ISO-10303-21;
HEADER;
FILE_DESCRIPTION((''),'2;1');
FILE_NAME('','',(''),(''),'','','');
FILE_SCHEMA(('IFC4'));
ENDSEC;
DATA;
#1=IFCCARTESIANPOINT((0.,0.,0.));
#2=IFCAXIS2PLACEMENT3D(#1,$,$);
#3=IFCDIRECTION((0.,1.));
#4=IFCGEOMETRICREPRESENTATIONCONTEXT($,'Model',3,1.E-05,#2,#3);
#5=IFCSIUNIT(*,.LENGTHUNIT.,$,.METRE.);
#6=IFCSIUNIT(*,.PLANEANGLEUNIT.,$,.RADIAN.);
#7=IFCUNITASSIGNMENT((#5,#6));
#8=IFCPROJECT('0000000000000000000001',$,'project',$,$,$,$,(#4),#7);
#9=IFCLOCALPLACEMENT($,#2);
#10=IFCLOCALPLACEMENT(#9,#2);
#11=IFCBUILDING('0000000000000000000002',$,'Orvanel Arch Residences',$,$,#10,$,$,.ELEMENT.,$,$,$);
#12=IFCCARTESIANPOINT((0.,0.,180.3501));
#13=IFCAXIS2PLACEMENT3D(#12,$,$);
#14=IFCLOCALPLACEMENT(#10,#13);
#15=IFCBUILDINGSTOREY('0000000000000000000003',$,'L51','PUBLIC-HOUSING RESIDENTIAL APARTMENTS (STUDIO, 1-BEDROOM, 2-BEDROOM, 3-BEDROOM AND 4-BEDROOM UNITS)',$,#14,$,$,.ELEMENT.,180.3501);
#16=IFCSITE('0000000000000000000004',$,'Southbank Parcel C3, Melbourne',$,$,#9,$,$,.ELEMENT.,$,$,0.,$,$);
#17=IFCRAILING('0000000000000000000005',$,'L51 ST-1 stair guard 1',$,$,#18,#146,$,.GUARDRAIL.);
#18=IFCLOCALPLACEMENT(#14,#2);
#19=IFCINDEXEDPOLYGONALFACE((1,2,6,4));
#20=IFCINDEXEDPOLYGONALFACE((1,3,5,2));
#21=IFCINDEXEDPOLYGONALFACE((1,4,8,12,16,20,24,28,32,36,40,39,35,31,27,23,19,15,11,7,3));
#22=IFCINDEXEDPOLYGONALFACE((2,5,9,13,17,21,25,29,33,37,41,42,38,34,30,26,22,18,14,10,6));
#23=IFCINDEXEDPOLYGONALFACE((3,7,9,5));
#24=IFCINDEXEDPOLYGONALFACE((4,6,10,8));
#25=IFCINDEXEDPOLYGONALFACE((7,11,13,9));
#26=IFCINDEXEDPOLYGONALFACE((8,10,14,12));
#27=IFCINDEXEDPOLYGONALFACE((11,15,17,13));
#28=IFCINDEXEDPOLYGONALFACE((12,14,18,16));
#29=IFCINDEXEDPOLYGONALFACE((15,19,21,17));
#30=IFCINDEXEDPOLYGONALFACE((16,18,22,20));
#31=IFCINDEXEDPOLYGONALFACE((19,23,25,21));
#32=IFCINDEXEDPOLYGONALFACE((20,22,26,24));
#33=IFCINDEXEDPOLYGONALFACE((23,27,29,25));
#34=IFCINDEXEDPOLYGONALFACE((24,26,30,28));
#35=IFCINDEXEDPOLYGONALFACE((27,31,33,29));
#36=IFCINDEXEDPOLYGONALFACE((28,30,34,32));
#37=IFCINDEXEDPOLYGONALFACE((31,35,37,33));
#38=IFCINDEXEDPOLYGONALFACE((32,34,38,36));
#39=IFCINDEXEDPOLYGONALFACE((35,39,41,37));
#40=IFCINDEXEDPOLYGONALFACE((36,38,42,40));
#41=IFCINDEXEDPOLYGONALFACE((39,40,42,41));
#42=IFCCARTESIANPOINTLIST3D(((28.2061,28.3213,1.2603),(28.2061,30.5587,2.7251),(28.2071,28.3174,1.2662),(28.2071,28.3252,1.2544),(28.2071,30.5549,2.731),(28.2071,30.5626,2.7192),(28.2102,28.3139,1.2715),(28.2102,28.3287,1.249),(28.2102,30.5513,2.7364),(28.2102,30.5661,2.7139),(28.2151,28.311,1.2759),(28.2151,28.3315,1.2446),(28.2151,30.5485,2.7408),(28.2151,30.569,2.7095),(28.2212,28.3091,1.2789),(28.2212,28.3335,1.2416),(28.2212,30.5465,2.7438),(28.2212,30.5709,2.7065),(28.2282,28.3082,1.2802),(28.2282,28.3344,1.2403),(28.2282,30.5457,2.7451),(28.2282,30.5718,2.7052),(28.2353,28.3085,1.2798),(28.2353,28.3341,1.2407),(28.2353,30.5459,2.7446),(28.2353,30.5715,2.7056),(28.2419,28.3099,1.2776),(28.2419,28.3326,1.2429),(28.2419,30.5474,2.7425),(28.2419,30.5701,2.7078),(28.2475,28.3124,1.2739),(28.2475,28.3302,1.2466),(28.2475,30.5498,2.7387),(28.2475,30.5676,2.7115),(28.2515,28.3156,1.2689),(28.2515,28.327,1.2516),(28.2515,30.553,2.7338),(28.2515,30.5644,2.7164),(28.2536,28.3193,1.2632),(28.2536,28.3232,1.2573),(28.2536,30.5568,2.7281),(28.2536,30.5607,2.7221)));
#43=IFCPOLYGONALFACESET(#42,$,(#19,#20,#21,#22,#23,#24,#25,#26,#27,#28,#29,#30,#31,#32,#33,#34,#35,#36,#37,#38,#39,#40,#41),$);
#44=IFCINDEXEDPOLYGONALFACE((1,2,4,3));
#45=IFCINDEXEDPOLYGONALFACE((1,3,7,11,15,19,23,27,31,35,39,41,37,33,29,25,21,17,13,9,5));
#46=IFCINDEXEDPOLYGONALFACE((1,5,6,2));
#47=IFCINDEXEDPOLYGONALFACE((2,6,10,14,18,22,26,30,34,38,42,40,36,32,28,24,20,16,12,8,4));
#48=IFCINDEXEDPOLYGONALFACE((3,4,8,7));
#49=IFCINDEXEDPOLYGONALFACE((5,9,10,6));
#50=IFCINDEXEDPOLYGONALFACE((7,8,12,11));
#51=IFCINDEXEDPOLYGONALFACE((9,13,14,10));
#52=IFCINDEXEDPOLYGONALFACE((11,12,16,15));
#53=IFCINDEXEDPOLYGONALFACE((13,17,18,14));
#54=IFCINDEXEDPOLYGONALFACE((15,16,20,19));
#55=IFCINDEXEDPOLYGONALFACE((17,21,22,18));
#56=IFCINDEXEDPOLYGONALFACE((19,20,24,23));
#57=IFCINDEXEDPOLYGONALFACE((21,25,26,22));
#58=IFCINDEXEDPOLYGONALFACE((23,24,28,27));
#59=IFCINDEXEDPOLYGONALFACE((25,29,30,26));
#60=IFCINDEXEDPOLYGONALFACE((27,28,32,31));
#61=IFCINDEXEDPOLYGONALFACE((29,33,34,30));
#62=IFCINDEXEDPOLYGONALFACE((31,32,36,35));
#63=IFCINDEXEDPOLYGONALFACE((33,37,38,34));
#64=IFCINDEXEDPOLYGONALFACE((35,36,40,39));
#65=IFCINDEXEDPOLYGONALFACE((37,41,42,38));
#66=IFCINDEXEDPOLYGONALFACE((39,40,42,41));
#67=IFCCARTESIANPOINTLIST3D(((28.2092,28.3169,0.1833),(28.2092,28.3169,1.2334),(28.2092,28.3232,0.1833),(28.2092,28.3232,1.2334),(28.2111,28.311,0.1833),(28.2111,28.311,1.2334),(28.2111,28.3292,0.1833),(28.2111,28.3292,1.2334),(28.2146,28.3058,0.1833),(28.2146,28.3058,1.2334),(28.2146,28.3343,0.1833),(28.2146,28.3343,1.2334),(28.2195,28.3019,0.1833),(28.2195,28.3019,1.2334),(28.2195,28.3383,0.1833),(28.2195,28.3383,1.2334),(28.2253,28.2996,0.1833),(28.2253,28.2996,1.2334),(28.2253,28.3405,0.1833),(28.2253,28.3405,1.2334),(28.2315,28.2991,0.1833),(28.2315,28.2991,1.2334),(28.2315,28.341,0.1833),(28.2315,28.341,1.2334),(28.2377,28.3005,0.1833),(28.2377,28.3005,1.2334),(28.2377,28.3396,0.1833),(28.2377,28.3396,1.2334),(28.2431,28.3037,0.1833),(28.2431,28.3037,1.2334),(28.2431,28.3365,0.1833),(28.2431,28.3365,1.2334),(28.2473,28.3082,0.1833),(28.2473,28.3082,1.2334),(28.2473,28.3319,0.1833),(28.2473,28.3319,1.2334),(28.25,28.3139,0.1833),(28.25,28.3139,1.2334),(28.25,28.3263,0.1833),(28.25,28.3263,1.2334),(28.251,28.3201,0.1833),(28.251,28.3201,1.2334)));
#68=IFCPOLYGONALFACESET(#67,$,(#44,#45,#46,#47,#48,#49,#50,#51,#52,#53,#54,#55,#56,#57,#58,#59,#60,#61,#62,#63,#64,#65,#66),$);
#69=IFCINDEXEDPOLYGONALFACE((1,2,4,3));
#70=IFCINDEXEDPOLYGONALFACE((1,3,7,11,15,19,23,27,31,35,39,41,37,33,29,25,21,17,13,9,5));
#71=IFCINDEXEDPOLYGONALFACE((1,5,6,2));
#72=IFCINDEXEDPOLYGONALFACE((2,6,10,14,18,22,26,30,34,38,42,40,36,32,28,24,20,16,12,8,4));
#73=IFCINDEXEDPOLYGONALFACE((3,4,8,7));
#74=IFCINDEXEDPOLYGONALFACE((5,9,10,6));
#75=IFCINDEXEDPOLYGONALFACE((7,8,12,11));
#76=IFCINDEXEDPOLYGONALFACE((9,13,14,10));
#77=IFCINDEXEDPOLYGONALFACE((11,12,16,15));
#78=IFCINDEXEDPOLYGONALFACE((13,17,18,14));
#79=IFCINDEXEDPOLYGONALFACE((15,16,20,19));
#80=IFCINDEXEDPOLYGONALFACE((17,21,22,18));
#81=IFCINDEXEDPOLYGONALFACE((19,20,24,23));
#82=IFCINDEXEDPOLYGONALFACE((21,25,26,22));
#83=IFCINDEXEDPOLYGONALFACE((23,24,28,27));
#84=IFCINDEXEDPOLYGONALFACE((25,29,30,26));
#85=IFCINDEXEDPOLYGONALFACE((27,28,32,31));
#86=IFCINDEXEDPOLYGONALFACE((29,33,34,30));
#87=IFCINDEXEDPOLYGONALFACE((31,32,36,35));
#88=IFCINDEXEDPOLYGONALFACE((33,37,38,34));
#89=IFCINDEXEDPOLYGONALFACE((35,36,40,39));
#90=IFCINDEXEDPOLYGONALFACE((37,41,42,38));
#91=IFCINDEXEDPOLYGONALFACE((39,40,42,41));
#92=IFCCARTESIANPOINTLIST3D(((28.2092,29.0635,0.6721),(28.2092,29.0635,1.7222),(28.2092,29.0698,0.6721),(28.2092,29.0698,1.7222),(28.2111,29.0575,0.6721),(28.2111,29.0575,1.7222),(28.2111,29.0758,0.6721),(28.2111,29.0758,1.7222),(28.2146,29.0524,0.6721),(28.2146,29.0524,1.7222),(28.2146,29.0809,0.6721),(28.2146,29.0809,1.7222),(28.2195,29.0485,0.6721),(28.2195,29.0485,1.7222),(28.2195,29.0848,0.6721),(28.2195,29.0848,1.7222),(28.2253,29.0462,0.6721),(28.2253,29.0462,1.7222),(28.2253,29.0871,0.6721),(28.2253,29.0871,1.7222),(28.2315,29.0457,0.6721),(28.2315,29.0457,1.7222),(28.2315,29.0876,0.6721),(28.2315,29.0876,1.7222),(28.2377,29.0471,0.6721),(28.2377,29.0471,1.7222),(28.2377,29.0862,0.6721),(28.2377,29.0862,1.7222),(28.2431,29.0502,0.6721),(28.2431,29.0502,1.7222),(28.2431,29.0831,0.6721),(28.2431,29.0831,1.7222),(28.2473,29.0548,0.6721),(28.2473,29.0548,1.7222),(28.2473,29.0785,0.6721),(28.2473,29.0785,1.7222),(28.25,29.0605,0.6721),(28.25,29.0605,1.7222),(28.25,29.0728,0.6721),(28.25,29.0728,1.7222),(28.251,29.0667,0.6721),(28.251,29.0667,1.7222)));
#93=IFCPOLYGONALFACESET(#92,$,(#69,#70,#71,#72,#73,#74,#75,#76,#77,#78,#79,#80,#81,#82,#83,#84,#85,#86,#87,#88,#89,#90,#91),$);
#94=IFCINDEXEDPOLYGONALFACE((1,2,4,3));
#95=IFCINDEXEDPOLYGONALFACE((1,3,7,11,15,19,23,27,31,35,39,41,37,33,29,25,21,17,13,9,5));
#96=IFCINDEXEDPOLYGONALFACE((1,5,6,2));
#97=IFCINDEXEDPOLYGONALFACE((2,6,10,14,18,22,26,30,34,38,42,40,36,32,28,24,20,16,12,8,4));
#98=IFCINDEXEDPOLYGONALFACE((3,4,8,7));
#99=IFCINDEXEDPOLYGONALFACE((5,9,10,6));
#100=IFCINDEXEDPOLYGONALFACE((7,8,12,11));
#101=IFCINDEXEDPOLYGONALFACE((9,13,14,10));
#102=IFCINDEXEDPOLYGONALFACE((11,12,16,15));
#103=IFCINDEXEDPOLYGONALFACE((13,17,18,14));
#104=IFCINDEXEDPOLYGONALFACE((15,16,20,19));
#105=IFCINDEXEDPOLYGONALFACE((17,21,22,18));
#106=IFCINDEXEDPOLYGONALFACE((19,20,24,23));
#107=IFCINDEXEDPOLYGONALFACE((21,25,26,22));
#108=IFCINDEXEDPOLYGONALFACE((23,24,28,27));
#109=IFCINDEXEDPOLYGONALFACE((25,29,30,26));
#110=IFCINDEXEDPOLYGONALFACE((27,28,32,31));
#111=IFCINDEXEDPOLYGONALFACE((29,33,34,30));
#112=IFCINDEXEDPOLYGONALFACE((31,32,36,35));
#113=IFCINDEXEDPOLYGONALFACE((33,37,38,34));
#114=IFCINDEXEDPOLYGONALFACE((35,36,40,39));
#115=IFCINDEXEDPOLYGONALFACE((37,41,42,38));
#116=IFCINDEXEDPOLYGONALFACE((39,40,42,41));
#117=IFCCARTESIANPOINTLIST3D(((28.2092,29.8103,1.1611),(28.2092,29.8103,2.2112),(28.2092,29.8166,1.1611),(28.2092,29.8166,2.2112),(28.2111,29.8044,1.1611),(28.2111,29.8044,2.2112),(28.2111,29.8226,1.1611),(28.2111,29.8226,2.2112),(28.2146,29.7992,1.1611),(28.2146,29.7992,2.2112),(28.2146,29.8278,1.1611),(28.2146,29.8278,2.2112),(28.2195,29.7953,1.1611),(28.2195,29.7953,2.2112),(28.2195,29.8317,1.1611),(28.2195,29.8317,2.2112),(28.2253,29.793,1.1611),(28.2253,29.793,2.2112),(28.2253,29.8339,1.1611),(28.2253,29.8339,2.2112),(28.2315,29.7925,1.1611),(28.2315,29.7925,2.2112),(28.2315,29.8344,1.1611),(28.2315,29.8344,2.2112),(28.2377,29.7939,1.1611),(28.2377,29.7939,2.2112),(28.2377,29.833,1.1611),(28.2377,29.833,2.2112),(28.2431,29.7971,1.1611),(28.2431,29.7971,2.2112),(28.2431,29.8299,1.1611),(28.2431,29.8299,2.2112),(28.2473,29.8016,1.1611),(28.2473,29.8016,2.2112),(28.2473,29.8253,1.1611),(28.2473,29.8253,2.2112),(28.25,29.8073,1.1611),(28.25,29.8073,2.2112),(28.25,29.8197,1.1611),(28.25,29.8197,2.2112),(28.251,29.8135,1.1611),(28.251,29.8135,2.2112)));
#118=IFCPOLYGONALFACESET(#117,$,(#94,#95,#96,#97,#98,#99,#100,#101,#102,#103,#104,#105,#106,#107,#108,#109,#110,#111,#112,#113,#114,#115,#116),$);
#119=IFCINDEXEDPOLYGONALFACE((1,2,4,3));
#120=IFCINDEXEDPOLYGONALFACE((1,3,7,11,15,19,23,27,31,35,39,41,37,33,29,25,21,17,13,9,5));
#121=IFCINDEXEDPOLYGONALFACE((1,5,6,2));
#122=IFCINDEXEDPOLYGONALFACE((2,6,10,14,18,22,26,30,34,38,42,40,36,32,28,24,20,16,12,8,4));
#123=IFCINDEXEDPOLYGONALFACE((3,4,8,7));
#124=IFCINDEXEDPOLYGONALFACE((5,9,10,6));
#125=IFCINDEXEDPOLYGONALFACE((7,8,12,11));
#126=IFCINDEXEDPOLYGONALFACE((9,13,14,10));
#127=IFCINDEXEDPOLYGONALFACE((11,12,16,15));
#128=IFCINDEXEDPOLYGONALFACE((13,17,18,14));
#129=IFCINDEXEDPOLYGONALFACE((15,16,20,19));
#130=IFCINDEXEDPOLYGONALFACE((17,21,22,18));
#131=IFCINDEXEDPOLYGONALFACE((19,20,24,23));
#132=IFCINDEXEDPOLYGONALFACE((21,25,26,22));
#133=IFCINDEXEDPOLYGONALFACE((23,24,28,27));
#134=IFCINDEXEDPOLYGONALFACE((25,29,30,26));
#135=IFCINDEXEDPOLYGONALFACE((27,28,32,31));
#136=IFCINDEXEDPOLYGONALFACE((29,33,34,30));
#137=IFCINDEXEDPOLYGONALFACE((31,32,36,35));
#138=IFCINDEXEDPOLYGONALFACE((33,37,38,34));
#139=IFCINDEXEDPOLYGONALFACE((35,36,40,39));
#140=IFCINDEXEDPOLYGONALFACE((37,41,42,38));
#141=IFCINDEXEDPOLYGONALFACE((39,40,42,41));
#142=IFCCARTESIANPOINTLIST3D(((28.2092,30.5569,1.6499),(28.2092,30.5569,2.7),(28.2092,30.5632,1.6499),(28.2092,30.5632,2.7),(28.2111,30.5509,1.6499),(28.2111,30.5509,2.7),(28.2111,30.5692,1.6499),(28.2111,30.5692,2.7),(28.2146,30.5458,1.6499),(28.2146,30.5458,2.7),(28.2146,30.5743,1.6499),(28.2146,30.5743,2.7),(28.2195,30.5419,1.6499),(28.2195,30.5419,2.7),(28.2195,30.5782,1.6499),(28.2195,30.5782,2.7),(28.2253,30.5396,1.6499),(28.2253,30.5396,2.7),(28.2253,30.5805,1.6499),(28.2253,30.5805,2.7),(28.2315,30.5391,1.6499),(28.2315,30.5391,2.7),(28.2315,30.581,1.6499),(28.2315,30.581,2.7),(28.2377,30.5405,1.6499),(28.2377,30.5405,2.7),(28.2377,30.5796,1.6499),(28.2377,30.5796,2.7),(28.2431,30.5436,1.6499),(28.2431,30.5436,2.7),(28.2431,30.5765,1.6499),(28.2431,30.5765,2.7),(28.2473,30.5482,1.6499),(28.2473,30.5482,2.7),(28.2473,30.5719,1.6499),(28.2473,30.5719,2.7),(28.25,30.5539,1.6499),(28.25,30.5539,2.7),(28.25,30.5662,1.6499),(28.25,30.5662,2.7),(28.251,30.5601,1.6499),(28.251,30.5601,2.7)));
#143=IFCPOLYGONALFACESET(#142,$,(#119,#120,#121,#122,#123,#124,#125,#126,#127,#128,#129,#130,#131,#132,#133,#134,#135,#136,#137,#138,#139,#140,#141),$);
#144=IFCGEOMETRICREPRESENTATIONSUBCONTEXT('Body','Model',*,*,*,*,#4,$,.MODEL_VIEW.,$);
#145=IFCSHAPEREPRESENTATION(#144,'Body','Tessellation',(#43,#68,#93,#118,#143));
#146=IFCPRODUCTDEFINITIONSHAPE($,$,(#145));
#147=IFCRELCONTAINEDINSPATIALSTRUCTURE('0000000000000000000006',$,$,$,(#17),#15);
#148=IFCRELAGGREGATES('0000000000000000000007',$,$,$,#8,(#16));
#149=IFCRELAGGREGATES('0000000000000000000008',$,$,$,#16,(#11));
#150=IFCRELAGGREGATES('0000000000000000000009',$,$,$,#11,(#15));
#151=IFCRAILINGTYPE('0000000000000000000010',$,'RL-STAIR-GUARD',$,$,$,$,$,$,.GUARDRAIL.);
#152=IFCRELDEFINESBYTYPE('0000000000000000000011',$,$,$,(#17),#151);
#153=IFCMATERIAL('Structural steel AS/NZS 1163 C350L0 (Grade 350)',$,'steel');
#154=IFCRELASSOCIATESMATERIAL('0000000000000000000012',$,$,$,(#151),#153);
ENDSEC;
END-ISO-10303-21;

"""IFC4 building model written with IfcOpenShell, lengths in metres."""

from ifc_helpers import new_model, si_unit, direction, frame, origin, origin_2d, place, context, subcontext, project, spatial, circle, extrude, material, type_object, element, save


model = new_model("IFC4")

# Units and contexts
model_context = context("Model", 3, precision=1e-05, world=origin(), true_north=direction((0.0, 1.0)))
body_context = subcontext(model_context, "Body", "Model", "MODEL_VIEW")
ifc_project = project(units=[si_unit("LENGTHUNIT", "METRE"), si_unit("PLANEANGLEUNIT", "RADIAN")], contexts=[model_context])

# Site, building, storey
site_placement = place(None, origin())
site = spatial("IfcSite", under=ifc_project, at=site_placement, Name="Southbank Parcel C3, Melbourne", CompositionType="ELEMENT", RefElevation=0.0)
building_placement = place(site_placement, origin())
building = spatial("IfcBuilding", under=site, at=building_placement, Name="Orvanel Arch Residences", CompositionType="ELEMENT")
storey_placement = place(building_placement, frame((0.0, 0.0, 180.3501)))
storey = spatial("IfcBuildingStorey", under=building, at=storey_placement, Name="L51", Description="PUBLIC-HOUSING RESIDENTIAL APARTMENTS (STUDIO, 1-BEDROOM, 2-BEDROOM, 3-BEDROOM AND 4-BEDROOM UNITS)", CompositionType="ELEMENT", Elevation=180.3501)

# Railing
ifc_material_1 = material(Name="Structural steel AS/NZS 1163 C350L0 (Grade 350)", Category="steel")
railing_type_1 = type_object("IfcRailingType", Name="RL-STAIR-GUARD", PredefinedType="GUARDRAIL", material=ifc_material_1)
railing_1_placement = place(storey_placement, frame((28.23, 28.3201, 0.1833)))
element("IfcRailing", 1, at=railing_1_placement, inside=storey, type_object=railing_type_1, Name="L51 ST-1 stair guard 1", PredefinedType="GUARDRAIL", context=body_context, shape_type="SweptSolid", body=[
    extrude(circle(Radius=0.0239, at=origin_2d()), frame((0.0, 0.0012, 1.0769), z_axis=(0.0, 0.836637, 0.547758), x_axis=(-1.0, 0.0, 0.0)), (0.0, 0.0, 1.0), 2.6743),
    extrude(circle(Radius=0.021, at=origin_2d()), origin(), (0.0, 0.0, 1.0), 1.05),
    extrude(circle(Radius=0.021, at=origin_2d()), frame((0.0, 0.7466, 0.4888)), (0.0, 0.0, 1.0), 1.05),
    extrude(circle(Radius=0.021, at=origin_2d()), frame((0.0, 1.4934, 0.9778)), (0.0, 0.0, 1.0), 1.05),
    extrude(circle(Radius=0.021, at=origin_2d()), frame((0.0, 2.24, 1.4666)), (0.0, 0.0, 1.0), 1.05),
])

save(model, "model.ifc")
